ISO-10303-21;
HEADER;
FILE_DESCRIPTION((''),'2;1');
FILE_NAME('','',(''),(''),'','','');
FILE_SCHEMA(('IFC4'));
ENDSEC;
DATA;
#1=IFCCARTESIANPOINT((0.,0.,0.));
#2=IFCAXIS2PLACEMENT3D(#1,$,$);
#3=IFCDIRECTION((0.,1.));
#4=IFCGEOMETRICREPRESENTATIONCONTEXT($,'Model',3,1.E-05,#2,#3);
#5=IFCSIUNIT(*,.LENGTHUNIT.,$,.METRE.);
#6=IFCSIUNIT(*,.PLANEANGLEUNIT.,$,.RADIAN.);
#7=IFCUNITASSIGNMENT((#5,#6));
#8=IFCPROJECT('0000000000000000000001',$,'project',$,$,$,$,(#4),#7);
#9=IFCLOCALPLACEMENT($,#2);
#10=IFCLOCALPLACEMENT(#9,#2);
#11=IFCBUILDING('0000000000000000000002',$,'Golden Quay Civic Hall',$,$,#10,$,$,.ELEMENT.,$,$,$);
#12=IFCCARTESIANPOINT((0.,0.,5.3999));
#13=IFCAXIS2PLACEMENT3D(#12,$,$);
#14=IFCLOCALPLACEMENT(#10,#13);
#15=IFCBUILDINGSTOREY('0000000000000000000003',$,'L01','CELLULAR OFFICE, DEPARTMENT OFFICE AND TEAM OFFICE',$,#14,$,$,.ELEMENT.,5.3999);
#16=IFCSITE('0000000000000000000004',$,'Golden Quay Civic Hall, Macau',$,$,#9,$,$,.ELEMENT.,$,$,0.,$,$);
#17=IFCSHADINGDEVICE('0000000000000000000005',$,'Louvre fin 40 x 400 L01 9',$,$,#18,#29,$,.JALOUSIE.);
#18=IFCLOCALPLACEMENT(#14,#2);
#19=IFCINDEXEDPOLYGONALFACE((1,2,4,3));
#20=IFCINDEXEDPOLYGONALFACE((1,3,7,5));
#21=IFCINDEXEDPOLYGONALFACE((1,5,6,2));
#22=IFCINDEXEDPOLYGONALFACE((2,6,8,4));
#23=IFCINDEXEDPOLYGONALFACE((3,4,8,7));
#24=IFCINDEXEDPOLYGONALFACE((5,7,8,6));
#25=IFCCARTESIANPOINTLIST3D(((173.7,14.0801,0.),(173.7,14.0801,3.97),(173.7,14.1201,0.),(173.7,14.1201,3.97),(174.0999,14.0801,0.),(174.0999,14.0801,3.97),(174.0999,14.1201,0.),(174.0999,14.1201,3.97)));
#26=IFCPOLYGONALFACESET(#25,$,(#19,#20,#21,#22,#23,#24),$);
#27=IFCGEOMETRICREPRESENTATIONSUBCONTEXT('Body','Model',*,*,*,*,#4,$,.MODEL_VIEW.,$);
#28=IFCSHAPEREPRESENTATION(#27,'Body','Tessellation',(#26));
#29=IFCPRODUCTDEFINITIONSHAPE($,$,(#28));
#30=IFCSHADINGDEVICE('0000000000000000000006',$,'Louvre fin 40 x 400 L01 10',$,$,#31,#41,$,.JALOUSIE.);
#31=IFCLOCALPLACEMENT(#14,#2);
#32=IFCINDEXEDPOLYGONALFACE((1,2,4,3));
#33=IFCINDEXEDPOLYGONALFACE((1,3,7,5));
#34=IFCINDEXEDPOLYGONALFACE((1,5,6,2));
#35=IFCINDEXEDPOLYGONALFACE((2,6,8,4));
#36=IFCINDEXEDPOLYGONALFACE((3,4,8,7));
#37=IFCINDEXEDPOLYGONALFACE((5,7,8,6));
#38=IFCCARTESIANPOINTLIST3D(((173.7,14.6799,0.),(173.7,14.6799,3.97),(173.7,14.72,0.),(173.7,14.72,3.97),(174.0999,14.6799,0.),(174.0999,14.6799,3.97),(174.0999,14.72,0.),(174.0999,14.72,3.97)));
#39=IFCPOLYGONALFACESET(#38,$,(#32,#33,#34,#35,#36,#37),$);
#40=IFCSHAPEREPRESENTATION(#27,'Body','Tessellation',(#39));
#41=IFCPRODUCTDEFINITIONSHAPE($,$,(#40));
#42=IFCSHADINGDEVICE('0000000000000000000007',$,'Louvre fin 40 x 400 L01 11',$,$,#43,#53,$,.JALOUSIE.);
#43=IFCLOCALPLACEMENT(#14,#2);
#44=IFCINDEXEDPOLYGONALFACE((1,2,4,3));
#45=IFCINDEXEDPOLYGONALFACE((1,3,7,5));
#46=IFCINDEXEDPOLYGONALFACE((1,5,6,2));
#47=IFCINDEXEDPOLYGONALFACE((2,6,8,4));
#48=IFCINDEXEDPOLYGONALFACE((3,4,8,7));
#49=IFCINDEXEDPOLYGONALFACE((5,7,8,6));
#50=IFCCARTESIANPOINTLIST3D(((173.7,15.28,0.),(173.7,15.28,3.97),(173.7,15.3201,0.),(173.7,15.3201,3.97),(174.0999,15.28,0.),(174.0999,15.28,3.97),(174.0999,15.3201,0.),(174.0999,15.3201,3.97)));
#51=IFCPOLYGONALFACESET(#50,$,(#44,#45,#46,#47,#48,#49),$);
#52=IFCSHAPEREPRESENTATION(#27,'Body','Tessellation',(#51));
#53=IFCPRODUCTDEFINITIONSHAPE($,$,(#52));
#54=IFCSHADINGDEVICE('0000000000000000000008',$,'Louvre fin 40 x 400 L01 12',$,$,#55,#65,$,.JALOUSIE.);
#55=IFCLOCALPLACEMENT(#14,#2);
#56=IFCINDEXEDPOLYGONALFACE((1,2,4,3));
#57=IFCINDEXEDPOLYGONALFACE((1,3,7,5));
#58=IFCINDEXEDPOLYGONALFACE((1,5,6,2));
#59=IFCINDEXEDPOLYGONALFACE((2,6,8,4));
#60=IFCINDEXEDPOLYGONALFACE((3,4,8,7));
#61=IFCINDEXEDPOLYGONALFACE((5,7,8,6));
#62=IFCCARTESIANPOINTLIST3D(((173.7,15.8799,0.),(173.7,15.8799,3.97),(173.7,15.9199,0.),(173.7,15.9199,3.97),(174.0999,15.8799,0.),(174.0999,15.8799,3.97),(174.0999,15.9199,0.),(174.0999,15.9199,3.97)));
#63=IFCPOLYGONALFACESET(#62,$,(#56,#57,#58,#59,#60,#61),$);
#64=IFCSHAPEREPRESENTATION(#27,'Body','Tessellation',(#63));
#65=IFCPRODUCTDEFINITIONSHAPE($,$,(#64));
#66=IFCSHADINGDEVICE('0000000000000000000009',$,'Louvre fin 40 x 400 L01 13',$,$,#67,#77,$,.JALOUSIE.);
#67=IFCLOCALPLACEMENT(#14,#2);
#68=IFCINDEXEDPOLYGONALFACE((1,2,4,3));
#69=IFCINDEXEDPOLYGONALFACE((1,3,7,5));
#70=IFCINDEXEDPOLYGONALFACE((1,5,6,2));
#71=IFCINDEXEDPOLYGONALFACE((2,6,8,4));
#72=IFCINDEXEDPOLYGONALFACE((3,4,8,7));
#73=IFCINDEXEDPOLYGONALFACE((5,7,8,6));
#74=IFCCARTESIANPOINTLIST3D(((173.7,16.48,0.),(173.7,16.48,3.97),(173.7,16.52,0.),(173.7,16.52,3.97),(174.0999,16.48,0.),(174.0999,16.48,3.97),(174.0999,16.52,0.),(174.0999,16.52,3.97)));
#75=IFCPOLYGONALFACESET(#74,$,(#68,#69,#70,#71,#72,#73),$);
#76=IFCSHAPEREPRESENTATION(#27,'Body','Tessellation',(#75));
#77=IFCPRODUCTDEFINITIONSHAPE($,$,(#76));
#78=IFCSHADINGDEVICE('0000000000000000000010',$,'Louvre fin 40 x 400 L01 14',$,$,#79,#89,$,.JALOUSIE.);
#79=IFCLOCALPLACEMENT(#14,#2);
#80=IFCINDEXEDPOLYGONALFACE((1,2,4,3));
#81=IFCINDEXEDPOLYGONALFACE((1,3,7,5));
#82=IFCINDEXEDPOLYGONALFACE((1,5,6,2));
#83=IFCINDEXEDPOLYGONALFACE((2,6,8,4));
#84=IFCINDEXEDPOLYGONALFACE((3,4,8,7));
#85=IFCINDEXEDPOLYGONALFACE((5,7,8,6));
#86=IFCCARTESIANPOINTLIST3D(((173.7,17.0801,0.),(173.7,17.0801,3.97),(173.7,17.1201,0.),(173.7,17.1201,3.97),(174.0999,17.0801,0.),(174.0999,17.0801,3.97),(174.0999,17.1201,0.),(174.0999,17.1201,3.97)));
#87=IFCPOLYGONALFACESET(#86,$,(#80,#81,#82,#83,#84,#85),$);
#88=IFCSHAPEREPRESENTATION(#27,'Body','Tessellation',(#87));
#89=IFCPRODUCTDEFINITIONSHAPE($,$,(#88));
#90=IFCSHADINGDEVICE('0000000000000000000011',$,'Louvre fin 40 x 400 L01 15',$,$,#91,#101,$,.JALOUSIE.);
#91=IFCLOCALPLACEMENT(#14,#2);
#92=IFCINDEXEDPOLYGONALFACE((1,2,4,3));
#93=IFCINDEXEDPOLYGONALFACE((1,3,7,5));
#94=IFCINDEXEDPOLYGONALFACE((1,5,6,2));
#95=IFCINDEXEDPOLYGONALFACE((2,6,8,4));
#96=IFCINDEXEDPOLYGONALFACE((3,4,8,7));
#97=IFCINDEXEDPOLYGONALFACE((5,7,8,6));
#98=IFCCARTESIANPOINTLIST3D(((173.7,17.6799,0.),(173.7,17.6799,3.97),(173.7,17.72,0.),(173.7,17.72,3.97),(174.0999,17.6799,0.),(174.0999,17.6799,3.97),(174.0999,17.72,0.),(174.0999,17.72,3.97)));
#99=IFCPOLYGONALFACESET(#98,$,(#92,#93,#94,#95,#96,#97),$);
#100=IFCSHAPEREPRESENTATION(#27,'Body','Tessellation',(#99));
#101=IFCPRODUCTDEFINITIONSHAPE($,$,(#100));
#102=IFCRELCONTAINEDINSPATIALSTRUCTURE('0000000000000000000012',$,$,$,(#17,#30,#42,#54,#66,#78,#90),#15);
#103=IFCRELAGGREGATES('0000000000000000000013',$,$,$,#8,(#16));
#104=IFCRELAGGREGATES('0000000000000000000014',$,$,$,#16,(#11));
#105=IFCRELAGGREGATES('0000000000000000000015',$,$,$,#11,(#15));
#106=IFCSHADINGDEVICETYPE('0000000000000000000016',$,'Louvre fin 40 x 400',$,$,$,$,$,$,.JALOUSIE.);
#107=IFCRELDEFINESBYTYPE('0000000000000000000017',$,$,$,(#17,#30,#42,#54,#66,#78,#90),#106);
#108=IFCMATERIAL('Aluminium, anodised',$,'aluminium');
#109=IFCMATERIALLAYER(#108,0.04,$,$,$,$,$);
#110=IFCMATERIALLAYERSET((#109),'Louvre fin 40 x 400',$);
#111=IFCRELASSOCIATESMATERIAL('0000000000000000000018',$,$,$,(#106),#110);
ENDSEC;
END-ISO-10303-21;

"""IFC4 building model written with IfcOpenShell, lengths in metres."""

from ifc_helpers import new_model, si_unit, direction, frame, origin, origin_2d, place, context, subcontext, project, spatial, rectangle, extrude, material, layer, layer_set, type_object, element, save


model = new_model("IFC4")

# Units and contexts
model_context = context("Model", 3, precision=1e-05, world=origin(), true_north=direction((0.0, 1.0)))
body_context = subcontext(model_context, "Body", "Model", "MODEL_VIEW")
ifc_project = project(units=[si_unit("LENGTHUNIT", "METRE"), si_unit("PLANEANGLEUNIT", "RADIAN")], contexts=[model_context])

# Site, building, storey
site_placement = place(None, origin())
site = spatial("IfcSite", under=ifc_project, at=site_placement, Name="Golden Quay Civic Hall, Macau", CompositionType="ELEMENT", RefElevation=0.0)
building_placement = place(site_placement, origin())
building = spatial("IfcBuilding", under=site, at=building_placement, Name="Golden Quay Civic Hall", CompositionType="ELEMENT")
storey_placement = place(building_placement, frame((0.0, 0.0, 5.3999)))
storey = spatial("IfcBuildingStorey", under=building, at=storey_placement, Name="L01", Description="CELLULAR OFFICE, DEPARTMENT OFFICE AND TEAM OFFICE", CompositionType="ELEMENT", Elevation=5.3999)

# Shading devices
ifc_material_1 = material(Name="Aluminium, anodised", Category="aluminium")
ifc_layer_1 = layer(ifc_material_1, 0.04)
ifc_layer_set_1 = layer_set([ifc_layer_1], Name="Louvre fin 40 x 400")
shading_device_type = type_object("IfcShadingDeviceType", Name="Louvre fin 40 x 400", PredefinedType="JALOUSIE", material=ifc_layer_set_1)
for number, where, z_axis, x_axis, name in (
    (1, (173.8999, 14.1001, 0.0), (0.0, 0.0, 1.0), (0.0, 1.0, 0.0), "Louvre fin 40 x 400 L01 9"),
    (2, (173.8999, 14.7, 0.0), (0.0, 0.0, 1.0), (0.0, 1.0, 0.0), "Louvre fin 40 x 400 L01 10"),
    (3, (173.8999, 15.3, 0.0), (0.0, 0.0, 1.0), (0.0, 1.0, 0.0), "Louvre fin 40 x 400 L01 11"),
    (4, (173.8999, 15.8999, 0.0), (0.0, 0.0, 1.0), (0.0, 1.0, 0.0), "Louvre fin 40 x 400 L01 12"),
    (5, (173.8999, 16.5, 0.0), (0.0, 0.0, 1.0), (0.0, 1.0, 0.0), "Louvre fin 40 x 400 L01 13"),
    (6, (173.8999, 17.1001, 0.0), (0.0, 0.0, 1.0), (0.0, 1.0, 0.0), "Louvre fin 40 x 400 L01 14"),
    (7, (173.8999, 17.7, 0.0), (0.0, 0.0, 1.0), (0.0, 1.0, 0.0), "Louvre fin 40 x 400 L01 15"),
):
    element("IfcShadingDevice", number, at=place(storey_placement, frame(where, z_axis=z_axis, x_axis=x_axis)), inside=storey, type_object=shading_device_type, Name=name, PredefinedType="JALOUSIE", context=body_context, shape_type="SweptSolid", body=[
        extrude(rectangle(XDim=0.04, YDim=0.3999, at=origin_2d()), origin(), (0.0, 0.0, 1.0), 3.97),
    ])

save(model, "model.ifc")
